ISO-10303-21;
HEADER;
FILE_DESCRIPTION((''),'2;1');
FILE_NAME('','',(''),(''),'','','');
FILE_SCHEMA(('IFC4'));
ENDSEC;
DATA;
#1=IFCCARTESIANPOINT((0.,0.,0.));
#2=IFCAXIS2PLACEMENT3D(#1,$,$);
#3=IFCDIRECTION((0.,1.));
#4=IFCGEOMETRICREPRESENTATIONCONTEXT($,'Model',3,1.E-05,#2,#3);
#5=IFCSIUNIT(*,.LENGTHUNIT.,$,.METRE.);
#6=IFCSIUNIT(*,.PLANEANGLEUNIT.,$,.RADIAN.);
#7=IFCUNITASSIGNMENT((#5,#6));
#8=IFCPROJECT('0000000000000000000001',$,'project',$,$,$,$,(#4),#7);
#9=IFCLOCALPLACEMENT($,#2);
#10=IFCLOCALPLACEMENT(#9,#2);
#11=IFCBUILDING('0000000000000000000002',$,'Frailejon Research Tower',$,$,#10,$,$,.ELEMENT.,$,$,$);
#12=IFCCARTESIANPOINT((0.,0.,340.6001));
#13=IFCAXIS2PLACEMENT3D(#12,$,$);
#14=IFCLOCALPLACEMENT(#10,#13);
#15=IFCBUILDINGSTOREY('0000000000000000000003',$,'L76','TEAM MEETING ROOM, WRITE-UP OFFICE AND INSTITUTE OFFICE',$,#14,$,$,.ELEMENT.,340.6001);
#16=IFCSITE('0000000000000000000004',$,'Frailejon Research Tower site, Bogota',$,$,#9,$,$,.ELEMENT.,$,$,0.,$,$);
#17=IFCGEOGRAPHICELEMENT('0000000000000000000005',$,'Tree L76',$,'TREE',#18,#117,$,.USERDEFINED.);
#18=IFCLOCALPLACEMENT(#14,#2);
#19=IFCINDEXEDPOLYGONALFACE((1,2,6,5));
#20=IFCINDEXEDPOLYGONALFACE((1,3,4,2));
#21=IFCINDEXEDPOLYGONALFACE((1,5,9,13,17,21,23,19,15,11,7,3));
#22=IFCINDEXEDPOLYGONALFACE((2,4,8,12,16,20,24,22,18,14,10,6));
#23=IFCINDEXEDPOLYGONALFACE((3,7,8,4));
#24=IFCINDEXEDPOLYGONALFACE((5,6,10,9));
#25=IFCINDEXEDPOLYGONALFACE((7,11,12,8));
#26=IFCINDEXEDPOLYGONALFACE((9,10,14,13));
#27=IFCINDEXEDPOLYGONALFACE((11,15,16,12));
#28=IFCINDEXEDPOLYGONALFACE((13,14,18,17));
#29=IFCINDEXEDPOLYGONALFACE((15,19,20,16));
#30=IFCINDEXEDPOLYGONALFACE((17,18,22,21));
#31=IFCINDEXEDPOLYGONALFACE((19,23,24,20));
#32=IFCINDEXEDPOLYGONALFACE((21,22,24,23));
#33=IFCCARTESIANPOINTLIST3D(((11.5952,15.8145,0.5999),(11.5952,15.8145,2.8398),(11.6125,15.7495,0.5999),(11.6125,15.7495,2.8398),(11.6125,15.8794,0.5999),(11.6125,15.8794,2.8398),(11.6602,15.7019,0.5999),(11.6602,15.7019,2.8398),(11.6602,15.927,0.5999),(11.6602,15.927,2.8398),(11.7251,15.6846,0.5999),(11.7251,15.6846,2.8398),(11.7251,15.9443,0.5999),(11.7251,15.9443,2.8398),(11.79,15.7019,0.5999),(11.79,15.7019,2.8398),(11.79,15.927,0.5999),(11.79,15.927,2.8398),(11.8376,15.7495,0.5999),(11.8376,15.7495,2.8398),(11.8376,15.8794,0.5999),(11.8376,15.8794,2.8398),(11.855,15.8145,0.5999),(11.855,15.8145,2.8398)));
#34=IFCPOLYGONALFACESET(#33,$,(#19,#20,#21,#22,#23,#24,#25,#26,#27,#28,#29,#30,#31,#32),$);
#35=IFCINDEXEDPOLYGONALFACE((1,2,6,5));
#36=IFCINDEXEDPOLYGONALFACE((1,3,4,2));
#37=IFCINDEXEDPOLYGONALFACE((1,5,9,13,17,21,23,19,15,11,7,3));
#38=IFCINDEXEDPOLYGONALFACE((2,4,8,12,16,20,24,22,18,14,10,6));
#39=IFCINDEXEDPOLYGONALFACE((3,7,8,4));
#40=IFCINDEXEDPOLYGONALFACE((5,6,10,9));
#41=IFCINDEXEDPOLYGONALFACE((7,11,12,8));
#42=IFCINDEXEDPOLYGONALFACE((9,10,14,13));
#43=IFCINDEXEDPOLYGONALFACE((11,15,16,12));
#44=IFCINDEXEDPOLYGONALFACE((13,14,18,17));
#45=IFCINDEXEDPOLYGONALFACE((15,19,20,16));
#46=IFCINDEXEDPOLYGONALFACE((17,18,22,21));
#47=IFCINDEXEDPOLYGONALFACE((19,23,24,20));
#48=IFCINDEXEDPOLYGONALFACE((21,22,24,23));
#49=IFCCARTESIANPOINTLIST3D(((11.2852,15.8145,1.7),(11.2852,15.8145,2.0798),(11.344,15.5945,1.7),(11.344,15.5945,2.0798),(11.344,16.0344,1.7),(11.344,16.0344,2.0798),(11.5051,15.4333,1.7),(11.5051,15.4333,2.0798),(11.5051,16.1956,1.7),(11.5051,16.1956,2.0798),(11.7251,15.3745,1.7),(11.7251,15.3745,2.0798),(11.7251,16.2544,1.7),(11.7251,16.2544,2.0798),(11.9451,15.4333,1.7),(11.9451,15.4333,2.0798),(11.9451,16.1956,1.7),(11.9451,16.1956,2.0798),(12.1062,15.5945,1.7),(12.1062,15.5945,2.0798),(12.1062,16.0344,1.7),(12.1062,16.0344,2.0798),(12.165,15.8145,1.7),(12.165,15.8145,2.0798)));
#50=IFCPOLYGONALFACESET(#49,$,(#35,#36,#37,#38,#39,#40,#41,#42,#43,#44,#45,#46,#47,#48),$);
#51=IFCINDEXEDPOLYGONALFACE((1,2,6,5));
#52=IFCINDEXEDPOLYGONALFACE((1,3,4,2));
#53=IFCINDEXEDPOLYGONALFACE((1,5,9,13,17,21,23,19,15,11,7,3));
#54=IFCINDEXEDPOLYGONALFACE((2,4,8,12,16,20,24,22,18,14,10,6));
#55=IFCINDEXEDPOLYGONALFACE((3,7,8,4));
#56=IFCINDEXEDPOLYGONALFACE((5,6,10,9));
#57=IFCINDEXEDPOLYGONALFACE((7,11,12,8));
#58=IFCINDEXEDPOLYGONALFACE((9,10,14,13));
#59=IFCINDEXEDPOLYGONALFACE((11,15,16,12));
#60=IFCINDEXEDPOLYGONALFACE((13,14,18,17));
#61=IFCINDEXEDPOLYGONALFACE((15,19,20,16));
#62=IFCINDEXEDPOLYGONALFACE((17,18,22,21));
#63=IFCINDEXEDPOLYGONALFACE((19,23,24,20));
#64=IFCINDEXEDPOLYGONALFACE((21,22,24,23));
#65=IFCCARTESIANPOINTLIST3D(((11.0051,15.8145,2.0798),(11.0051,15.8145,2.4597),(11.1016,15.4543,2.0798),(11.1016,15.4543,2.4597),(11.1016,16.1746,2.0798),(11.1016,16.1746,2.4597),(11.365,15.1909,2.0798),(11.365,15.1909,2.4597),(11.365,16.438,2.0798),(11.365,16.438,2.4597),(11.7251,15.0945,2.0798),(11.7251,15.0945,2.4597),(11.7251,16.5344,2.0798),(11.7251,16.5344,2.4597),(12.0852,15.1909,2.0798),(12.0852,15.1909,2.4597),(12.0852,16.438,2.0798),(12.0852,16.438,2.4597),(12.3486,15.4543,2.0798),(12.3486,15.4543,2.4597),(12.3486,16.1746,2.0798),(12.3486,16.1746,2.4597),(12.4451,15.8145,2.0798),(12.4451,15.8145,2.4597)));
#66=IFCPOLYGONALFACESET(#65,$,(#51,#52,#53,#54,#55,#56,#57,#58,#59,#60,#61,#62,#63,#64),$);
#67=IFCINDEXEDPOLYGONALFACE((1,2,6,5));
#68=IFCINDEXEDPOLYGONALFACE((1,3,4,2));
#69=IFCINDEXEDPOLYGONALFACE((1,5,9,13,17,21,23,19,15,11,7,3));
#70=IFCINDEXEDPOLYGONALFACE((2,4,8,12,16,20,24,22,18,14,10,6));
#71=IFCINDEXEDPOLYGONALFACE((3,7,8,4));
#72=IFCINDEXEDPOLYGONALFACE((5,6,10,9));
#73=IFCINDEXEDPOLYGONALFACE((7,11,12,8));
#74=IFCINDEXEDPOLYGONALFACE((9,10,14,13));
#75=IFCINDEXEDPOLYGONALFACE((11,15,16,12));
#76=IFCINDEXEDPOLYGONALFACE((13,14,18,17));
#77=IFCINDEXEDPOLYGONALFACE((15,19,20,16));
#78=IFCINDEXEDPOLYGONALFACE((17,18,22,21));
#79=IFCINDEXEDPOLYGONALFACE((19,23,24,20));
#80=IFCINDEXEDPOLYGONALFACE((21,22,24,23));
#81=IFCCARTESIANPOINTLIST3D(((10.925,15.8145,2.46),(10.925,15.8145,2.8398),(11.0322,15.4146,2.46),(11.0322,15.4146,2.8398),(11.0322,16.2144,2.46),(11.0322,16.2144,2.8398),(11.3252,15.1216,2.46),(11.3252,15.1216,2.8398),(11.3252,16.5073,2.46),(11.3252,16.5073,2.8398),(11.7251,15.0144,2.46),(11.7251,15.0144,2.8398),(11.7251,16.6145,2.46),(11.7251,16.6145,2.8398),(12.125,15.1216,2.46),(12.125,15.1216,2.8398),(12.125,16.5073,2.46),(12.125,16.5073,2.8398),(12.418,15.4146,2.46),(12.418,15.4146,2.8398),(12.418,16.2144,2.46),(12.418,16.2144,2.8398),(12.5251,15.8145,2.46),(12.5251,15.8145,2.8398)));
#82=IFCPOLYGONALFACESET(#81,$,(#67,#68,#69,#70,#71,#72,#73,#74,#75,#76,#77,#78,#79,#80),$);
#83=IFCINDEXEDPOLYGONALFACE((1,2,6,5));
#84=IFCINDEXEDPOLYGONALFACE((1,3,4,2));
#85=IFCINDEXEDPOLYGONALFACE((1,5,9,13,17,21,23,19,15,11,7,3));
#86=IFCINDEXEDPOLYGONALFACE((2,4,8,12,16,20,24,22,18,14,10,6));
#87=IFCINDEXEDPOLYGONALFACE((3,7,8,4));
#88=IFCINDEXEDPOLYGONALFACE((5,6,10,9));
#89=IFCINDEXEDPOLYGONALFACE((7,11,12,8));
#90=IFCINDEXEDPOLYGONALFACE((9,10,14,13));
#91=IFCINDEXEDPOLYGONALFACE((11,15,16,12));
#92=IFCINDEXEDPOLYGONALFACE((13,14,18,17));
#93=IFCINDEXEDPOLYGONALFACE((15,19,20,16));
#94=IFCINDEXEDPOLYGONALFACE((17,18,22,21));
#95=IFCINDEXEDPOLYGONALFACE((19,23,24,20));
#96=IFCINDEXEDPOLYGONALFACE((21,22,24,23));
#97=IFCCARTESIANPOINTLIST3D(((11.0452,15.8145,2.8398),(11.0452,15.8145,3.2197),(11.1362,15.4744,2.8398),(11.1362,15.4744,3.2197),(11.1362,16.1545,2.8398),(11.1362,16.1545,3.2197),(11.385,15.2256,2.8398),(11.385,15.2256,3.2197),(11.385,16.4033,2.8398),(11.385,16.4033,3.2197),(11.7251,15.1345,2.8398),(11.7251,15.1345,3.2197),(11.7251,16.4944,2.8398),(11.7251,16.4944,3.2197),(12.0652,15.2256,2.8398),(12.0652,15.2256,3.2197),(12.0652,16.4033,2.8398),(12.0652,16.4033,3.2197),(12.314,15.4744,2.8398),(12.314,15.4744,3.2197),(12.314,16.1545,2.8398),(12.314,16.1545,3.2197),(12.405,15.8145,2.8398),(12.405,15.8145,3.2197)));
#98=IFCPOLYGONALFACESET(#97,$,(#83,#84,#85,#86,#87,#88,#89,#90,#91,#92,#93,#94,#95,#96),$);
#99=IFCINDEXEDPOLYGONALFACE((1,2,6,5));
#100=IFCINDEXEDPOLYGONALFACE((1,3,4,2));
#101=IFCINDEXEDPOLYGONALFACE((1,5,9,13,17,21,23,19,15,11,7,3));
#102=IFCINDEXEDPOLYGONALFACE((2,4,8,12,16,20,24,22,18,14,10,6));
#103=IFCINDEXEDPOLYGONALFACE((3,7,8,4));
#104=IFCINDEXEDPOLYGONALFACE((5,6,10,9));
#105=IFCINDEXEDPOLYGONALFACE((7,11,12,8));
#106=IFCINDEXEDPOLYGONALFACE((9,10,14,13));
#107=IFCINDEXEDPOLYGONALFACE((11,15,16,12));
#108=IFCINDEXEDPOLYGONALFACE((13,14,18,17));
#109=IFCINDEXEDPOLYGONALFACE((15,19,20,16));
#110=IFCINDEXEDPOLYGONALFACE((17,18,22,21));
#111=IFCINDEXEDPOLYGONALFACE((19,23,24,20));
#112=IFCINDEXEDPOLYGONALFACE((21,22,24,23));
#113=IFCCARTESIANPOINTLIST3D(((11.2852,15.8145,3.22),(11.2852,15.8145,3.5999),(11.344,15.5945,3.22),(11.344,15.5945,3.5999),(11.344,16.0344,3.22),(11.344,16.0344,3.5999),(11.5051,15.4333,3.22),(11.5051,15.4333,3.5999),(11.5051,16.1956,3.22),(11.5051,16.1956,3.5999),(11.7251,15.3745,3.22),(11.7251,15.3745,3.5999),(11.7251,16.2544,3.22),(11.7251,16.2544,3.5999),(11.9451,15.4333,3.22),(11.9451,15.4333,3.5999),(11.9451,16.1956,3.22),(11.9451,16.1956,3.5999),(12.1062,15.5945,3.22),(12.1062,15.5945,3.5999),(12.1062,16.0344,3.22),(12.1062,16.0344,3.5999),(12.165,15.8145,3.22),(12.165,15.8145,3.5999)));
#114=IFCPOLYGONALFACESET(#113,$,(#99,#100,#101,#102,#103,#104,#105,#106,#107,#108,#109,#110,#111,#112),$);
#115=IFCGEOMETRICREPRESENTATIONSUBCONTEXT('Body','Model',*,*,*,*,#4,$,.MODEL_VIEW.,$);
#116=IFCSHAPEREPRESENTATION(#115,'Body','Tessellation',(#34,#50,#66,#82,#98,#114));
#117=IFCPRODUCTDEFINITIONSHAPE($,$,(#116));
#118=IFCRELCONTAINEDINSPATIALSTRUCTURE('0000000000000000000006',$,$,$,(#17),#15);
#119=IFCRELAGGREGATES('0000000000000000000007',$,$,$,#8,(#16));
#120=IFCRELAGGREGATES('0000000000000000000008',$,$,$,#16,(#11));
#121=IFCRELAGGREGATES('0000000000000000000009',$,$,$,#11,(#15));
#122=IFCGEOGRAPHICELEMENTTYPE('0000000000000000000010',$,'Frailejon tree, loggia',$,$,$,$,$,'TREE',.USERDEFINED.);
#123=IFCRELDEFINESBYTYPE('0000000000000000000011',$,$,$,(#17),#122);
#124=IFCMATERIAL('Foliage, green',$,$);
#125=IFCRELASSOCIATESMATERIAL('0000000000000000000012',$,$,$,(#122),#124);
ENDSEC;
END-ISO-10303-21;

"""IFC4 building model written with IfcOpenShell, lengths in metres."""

from ifc_helpers import new_model, si_unit, direction, frame, origin, place, context, subcontext, project, spatial, polyline, outline, extrude, material, type_object, element, save


model = new_model("IFC4")

# Units and contexts
model_context = context("Model", 3, precision=1e-05, world=origin(), true_north=direction((0.0, 1.0)))
body_context = subcontext(model_context, "Body", "Model", "MODEL_VIEW")
ifc_project = project(units=[si_unit("LENGTHUNIT", "METRE"), si_unit("PLANEANGLEUNIT", "RADIAN")], contexts=[model_context])

# Site, building, storey
site_placement = place(None, origin())
site = spatial("IfcSite", under=ifc_project, at=site_placement, Name="Frailejon Research Tower site, Bogota", CompositionType="ELEMENT", RefElevation=0.0)
building_placement = place(site_placement, origin())
building = spatial("IfcBuilding", under=site, at=building_placement, Name="Frailejon Research Tower", CompositionType="ELEMENT")
storey_placement = place(building_placement, frame((0.0, 0.0, 340.6001)))
storey = spatial("IfcBuildingStorey", under=building, at=storey_placement, Name="L76", Description="TEAM MEETING ROOM, WRITE-UP OFFICE AND INSTITUTE OFFICE", CompositionType="ELEMENT", Elevation=340.6001)

# Geographic element
ifc_material_1 = material(Name="Foliage, green")
geographic_element_type = type_object("IfcGeographicElementType", Name="Frailejon tree, loggia", ElementType="TREE", PredefinedType="USERDEFINED", material=ifc_material_1)
geographic_element_placement = place(storey_placement, frame((11.7251, 15.8145, 0.5999)))
element("IfcGeographicElement", 1, at=geographic_element_placement, inside=storey, type_object=geographic_element_type, Name="Tree L76", ObjectType="TREE", PredefinedType="USERDEFINED", context=body_context, shape_type="SweptSolid", body=[
    extrude(outline(polyline([(0.1299, 0.0), (0.1125, 0.0649), (0.0649, 0.1125), (0.0, 0.1299), (-0.0649, 0.1125), (-0.1125, 0.0649), (-0.1299, 0.0), (-0.1125, -0.0649), (-0.0649, -0.1125), (0.0, -0.1299), (0.0649, -0.1125), (0.1125, -0.0649), (0.1299, 0.0)])), origin(), (0.0, 0.0, 1.0), 2.24),
    extrude(outline(polyline([(0.4399, 0.0), (0.3811, 0.22), (0.22, 0.3811), (0.0, 0.4399), (-0.22, 0.3811), (-0.3811, 0.22), (-0.4399, 0.0), (-0.3811, -0.22), (-0.22, -0.3811), (0.0, -0.4399), (0.22, -0.3811), (0.3811, -0.22), (0.4399, 0.0)])), frame((0.0, 0.0, 1.1001)), (0.0, 0.0, 1.0), 0.3799),
    extrude(outline(polyline([(0.72, 0.0), (0.6235, 0.3601), (0.3601, 0.6235), (0.0, 0.72), (-0.3601, 0.6235), (-0.6235, 0.3601), (-0.72, 0.0), (-0.6235, -0.3601), (-0.3601, -0.6235), (0.0, -0.72), (0.3601, -0.6235), (0.6235, -0.3601), (0.72, 0.0)])), frame((0.0, 0.0, 1.48)), (0.0, 0.0, 1.0), 0.3799),
    extrude(outline(polyline([(0.8, 0.0), (0.6929, 0.3999), (0.3999, 0.6929), (0.0, 0.8), (-0.3999, 0.6929), (-0.6929, 0.3999), (-0.8, 0.0), (-0.6929, -0.3999), (-0.3999, -0.6929), (0.0, -0.8), (0.3999, -0.6929), (0.6929, -0.3999), (0.8, 0.0)])), frame((0.0, 0.0, 1.8601)), (0.0, 0.0, 1.0), 0.3799),
    extrude(outline(polyline([(0.6799, 0.0), (0.5889, 0.3401), (0.3401, 0.5889), (0.0, 0.6799), (-0.3401, 0.5889), (-0.5889, 0.3401), (-0.6799, 0.0), (-0.5889, -0.3401), (-0.3401, -0.5889), (0.0, -0.6799), (0.3401, -0.5889), (0.5889, -0.3401), (0.6799, 0.0)])), frame((0.0, 0.0, 2.24)), (0.0, 0.0, 1.0), 0.3799),
    extrude(outline(polyline([(0.4399, 0.0), (0.3811, 0.22), (0.22, 0.3811), (0.0, 0.4399), (-0.22, 0.3811), (-0.3811, 0.22), (-0.4399, 0.0), (-0.3811, -0.22), (-0.22, -0.3811), (0.0, -0.4399), (0.22, -0.3811), (0.3811, -0.22), (0.4399, 0.0)])), frame((0.0, 0.0, 2.6201)), (0.0, 0.0, 1.0), 0.3799),
])

save(model, "model.ifc")
